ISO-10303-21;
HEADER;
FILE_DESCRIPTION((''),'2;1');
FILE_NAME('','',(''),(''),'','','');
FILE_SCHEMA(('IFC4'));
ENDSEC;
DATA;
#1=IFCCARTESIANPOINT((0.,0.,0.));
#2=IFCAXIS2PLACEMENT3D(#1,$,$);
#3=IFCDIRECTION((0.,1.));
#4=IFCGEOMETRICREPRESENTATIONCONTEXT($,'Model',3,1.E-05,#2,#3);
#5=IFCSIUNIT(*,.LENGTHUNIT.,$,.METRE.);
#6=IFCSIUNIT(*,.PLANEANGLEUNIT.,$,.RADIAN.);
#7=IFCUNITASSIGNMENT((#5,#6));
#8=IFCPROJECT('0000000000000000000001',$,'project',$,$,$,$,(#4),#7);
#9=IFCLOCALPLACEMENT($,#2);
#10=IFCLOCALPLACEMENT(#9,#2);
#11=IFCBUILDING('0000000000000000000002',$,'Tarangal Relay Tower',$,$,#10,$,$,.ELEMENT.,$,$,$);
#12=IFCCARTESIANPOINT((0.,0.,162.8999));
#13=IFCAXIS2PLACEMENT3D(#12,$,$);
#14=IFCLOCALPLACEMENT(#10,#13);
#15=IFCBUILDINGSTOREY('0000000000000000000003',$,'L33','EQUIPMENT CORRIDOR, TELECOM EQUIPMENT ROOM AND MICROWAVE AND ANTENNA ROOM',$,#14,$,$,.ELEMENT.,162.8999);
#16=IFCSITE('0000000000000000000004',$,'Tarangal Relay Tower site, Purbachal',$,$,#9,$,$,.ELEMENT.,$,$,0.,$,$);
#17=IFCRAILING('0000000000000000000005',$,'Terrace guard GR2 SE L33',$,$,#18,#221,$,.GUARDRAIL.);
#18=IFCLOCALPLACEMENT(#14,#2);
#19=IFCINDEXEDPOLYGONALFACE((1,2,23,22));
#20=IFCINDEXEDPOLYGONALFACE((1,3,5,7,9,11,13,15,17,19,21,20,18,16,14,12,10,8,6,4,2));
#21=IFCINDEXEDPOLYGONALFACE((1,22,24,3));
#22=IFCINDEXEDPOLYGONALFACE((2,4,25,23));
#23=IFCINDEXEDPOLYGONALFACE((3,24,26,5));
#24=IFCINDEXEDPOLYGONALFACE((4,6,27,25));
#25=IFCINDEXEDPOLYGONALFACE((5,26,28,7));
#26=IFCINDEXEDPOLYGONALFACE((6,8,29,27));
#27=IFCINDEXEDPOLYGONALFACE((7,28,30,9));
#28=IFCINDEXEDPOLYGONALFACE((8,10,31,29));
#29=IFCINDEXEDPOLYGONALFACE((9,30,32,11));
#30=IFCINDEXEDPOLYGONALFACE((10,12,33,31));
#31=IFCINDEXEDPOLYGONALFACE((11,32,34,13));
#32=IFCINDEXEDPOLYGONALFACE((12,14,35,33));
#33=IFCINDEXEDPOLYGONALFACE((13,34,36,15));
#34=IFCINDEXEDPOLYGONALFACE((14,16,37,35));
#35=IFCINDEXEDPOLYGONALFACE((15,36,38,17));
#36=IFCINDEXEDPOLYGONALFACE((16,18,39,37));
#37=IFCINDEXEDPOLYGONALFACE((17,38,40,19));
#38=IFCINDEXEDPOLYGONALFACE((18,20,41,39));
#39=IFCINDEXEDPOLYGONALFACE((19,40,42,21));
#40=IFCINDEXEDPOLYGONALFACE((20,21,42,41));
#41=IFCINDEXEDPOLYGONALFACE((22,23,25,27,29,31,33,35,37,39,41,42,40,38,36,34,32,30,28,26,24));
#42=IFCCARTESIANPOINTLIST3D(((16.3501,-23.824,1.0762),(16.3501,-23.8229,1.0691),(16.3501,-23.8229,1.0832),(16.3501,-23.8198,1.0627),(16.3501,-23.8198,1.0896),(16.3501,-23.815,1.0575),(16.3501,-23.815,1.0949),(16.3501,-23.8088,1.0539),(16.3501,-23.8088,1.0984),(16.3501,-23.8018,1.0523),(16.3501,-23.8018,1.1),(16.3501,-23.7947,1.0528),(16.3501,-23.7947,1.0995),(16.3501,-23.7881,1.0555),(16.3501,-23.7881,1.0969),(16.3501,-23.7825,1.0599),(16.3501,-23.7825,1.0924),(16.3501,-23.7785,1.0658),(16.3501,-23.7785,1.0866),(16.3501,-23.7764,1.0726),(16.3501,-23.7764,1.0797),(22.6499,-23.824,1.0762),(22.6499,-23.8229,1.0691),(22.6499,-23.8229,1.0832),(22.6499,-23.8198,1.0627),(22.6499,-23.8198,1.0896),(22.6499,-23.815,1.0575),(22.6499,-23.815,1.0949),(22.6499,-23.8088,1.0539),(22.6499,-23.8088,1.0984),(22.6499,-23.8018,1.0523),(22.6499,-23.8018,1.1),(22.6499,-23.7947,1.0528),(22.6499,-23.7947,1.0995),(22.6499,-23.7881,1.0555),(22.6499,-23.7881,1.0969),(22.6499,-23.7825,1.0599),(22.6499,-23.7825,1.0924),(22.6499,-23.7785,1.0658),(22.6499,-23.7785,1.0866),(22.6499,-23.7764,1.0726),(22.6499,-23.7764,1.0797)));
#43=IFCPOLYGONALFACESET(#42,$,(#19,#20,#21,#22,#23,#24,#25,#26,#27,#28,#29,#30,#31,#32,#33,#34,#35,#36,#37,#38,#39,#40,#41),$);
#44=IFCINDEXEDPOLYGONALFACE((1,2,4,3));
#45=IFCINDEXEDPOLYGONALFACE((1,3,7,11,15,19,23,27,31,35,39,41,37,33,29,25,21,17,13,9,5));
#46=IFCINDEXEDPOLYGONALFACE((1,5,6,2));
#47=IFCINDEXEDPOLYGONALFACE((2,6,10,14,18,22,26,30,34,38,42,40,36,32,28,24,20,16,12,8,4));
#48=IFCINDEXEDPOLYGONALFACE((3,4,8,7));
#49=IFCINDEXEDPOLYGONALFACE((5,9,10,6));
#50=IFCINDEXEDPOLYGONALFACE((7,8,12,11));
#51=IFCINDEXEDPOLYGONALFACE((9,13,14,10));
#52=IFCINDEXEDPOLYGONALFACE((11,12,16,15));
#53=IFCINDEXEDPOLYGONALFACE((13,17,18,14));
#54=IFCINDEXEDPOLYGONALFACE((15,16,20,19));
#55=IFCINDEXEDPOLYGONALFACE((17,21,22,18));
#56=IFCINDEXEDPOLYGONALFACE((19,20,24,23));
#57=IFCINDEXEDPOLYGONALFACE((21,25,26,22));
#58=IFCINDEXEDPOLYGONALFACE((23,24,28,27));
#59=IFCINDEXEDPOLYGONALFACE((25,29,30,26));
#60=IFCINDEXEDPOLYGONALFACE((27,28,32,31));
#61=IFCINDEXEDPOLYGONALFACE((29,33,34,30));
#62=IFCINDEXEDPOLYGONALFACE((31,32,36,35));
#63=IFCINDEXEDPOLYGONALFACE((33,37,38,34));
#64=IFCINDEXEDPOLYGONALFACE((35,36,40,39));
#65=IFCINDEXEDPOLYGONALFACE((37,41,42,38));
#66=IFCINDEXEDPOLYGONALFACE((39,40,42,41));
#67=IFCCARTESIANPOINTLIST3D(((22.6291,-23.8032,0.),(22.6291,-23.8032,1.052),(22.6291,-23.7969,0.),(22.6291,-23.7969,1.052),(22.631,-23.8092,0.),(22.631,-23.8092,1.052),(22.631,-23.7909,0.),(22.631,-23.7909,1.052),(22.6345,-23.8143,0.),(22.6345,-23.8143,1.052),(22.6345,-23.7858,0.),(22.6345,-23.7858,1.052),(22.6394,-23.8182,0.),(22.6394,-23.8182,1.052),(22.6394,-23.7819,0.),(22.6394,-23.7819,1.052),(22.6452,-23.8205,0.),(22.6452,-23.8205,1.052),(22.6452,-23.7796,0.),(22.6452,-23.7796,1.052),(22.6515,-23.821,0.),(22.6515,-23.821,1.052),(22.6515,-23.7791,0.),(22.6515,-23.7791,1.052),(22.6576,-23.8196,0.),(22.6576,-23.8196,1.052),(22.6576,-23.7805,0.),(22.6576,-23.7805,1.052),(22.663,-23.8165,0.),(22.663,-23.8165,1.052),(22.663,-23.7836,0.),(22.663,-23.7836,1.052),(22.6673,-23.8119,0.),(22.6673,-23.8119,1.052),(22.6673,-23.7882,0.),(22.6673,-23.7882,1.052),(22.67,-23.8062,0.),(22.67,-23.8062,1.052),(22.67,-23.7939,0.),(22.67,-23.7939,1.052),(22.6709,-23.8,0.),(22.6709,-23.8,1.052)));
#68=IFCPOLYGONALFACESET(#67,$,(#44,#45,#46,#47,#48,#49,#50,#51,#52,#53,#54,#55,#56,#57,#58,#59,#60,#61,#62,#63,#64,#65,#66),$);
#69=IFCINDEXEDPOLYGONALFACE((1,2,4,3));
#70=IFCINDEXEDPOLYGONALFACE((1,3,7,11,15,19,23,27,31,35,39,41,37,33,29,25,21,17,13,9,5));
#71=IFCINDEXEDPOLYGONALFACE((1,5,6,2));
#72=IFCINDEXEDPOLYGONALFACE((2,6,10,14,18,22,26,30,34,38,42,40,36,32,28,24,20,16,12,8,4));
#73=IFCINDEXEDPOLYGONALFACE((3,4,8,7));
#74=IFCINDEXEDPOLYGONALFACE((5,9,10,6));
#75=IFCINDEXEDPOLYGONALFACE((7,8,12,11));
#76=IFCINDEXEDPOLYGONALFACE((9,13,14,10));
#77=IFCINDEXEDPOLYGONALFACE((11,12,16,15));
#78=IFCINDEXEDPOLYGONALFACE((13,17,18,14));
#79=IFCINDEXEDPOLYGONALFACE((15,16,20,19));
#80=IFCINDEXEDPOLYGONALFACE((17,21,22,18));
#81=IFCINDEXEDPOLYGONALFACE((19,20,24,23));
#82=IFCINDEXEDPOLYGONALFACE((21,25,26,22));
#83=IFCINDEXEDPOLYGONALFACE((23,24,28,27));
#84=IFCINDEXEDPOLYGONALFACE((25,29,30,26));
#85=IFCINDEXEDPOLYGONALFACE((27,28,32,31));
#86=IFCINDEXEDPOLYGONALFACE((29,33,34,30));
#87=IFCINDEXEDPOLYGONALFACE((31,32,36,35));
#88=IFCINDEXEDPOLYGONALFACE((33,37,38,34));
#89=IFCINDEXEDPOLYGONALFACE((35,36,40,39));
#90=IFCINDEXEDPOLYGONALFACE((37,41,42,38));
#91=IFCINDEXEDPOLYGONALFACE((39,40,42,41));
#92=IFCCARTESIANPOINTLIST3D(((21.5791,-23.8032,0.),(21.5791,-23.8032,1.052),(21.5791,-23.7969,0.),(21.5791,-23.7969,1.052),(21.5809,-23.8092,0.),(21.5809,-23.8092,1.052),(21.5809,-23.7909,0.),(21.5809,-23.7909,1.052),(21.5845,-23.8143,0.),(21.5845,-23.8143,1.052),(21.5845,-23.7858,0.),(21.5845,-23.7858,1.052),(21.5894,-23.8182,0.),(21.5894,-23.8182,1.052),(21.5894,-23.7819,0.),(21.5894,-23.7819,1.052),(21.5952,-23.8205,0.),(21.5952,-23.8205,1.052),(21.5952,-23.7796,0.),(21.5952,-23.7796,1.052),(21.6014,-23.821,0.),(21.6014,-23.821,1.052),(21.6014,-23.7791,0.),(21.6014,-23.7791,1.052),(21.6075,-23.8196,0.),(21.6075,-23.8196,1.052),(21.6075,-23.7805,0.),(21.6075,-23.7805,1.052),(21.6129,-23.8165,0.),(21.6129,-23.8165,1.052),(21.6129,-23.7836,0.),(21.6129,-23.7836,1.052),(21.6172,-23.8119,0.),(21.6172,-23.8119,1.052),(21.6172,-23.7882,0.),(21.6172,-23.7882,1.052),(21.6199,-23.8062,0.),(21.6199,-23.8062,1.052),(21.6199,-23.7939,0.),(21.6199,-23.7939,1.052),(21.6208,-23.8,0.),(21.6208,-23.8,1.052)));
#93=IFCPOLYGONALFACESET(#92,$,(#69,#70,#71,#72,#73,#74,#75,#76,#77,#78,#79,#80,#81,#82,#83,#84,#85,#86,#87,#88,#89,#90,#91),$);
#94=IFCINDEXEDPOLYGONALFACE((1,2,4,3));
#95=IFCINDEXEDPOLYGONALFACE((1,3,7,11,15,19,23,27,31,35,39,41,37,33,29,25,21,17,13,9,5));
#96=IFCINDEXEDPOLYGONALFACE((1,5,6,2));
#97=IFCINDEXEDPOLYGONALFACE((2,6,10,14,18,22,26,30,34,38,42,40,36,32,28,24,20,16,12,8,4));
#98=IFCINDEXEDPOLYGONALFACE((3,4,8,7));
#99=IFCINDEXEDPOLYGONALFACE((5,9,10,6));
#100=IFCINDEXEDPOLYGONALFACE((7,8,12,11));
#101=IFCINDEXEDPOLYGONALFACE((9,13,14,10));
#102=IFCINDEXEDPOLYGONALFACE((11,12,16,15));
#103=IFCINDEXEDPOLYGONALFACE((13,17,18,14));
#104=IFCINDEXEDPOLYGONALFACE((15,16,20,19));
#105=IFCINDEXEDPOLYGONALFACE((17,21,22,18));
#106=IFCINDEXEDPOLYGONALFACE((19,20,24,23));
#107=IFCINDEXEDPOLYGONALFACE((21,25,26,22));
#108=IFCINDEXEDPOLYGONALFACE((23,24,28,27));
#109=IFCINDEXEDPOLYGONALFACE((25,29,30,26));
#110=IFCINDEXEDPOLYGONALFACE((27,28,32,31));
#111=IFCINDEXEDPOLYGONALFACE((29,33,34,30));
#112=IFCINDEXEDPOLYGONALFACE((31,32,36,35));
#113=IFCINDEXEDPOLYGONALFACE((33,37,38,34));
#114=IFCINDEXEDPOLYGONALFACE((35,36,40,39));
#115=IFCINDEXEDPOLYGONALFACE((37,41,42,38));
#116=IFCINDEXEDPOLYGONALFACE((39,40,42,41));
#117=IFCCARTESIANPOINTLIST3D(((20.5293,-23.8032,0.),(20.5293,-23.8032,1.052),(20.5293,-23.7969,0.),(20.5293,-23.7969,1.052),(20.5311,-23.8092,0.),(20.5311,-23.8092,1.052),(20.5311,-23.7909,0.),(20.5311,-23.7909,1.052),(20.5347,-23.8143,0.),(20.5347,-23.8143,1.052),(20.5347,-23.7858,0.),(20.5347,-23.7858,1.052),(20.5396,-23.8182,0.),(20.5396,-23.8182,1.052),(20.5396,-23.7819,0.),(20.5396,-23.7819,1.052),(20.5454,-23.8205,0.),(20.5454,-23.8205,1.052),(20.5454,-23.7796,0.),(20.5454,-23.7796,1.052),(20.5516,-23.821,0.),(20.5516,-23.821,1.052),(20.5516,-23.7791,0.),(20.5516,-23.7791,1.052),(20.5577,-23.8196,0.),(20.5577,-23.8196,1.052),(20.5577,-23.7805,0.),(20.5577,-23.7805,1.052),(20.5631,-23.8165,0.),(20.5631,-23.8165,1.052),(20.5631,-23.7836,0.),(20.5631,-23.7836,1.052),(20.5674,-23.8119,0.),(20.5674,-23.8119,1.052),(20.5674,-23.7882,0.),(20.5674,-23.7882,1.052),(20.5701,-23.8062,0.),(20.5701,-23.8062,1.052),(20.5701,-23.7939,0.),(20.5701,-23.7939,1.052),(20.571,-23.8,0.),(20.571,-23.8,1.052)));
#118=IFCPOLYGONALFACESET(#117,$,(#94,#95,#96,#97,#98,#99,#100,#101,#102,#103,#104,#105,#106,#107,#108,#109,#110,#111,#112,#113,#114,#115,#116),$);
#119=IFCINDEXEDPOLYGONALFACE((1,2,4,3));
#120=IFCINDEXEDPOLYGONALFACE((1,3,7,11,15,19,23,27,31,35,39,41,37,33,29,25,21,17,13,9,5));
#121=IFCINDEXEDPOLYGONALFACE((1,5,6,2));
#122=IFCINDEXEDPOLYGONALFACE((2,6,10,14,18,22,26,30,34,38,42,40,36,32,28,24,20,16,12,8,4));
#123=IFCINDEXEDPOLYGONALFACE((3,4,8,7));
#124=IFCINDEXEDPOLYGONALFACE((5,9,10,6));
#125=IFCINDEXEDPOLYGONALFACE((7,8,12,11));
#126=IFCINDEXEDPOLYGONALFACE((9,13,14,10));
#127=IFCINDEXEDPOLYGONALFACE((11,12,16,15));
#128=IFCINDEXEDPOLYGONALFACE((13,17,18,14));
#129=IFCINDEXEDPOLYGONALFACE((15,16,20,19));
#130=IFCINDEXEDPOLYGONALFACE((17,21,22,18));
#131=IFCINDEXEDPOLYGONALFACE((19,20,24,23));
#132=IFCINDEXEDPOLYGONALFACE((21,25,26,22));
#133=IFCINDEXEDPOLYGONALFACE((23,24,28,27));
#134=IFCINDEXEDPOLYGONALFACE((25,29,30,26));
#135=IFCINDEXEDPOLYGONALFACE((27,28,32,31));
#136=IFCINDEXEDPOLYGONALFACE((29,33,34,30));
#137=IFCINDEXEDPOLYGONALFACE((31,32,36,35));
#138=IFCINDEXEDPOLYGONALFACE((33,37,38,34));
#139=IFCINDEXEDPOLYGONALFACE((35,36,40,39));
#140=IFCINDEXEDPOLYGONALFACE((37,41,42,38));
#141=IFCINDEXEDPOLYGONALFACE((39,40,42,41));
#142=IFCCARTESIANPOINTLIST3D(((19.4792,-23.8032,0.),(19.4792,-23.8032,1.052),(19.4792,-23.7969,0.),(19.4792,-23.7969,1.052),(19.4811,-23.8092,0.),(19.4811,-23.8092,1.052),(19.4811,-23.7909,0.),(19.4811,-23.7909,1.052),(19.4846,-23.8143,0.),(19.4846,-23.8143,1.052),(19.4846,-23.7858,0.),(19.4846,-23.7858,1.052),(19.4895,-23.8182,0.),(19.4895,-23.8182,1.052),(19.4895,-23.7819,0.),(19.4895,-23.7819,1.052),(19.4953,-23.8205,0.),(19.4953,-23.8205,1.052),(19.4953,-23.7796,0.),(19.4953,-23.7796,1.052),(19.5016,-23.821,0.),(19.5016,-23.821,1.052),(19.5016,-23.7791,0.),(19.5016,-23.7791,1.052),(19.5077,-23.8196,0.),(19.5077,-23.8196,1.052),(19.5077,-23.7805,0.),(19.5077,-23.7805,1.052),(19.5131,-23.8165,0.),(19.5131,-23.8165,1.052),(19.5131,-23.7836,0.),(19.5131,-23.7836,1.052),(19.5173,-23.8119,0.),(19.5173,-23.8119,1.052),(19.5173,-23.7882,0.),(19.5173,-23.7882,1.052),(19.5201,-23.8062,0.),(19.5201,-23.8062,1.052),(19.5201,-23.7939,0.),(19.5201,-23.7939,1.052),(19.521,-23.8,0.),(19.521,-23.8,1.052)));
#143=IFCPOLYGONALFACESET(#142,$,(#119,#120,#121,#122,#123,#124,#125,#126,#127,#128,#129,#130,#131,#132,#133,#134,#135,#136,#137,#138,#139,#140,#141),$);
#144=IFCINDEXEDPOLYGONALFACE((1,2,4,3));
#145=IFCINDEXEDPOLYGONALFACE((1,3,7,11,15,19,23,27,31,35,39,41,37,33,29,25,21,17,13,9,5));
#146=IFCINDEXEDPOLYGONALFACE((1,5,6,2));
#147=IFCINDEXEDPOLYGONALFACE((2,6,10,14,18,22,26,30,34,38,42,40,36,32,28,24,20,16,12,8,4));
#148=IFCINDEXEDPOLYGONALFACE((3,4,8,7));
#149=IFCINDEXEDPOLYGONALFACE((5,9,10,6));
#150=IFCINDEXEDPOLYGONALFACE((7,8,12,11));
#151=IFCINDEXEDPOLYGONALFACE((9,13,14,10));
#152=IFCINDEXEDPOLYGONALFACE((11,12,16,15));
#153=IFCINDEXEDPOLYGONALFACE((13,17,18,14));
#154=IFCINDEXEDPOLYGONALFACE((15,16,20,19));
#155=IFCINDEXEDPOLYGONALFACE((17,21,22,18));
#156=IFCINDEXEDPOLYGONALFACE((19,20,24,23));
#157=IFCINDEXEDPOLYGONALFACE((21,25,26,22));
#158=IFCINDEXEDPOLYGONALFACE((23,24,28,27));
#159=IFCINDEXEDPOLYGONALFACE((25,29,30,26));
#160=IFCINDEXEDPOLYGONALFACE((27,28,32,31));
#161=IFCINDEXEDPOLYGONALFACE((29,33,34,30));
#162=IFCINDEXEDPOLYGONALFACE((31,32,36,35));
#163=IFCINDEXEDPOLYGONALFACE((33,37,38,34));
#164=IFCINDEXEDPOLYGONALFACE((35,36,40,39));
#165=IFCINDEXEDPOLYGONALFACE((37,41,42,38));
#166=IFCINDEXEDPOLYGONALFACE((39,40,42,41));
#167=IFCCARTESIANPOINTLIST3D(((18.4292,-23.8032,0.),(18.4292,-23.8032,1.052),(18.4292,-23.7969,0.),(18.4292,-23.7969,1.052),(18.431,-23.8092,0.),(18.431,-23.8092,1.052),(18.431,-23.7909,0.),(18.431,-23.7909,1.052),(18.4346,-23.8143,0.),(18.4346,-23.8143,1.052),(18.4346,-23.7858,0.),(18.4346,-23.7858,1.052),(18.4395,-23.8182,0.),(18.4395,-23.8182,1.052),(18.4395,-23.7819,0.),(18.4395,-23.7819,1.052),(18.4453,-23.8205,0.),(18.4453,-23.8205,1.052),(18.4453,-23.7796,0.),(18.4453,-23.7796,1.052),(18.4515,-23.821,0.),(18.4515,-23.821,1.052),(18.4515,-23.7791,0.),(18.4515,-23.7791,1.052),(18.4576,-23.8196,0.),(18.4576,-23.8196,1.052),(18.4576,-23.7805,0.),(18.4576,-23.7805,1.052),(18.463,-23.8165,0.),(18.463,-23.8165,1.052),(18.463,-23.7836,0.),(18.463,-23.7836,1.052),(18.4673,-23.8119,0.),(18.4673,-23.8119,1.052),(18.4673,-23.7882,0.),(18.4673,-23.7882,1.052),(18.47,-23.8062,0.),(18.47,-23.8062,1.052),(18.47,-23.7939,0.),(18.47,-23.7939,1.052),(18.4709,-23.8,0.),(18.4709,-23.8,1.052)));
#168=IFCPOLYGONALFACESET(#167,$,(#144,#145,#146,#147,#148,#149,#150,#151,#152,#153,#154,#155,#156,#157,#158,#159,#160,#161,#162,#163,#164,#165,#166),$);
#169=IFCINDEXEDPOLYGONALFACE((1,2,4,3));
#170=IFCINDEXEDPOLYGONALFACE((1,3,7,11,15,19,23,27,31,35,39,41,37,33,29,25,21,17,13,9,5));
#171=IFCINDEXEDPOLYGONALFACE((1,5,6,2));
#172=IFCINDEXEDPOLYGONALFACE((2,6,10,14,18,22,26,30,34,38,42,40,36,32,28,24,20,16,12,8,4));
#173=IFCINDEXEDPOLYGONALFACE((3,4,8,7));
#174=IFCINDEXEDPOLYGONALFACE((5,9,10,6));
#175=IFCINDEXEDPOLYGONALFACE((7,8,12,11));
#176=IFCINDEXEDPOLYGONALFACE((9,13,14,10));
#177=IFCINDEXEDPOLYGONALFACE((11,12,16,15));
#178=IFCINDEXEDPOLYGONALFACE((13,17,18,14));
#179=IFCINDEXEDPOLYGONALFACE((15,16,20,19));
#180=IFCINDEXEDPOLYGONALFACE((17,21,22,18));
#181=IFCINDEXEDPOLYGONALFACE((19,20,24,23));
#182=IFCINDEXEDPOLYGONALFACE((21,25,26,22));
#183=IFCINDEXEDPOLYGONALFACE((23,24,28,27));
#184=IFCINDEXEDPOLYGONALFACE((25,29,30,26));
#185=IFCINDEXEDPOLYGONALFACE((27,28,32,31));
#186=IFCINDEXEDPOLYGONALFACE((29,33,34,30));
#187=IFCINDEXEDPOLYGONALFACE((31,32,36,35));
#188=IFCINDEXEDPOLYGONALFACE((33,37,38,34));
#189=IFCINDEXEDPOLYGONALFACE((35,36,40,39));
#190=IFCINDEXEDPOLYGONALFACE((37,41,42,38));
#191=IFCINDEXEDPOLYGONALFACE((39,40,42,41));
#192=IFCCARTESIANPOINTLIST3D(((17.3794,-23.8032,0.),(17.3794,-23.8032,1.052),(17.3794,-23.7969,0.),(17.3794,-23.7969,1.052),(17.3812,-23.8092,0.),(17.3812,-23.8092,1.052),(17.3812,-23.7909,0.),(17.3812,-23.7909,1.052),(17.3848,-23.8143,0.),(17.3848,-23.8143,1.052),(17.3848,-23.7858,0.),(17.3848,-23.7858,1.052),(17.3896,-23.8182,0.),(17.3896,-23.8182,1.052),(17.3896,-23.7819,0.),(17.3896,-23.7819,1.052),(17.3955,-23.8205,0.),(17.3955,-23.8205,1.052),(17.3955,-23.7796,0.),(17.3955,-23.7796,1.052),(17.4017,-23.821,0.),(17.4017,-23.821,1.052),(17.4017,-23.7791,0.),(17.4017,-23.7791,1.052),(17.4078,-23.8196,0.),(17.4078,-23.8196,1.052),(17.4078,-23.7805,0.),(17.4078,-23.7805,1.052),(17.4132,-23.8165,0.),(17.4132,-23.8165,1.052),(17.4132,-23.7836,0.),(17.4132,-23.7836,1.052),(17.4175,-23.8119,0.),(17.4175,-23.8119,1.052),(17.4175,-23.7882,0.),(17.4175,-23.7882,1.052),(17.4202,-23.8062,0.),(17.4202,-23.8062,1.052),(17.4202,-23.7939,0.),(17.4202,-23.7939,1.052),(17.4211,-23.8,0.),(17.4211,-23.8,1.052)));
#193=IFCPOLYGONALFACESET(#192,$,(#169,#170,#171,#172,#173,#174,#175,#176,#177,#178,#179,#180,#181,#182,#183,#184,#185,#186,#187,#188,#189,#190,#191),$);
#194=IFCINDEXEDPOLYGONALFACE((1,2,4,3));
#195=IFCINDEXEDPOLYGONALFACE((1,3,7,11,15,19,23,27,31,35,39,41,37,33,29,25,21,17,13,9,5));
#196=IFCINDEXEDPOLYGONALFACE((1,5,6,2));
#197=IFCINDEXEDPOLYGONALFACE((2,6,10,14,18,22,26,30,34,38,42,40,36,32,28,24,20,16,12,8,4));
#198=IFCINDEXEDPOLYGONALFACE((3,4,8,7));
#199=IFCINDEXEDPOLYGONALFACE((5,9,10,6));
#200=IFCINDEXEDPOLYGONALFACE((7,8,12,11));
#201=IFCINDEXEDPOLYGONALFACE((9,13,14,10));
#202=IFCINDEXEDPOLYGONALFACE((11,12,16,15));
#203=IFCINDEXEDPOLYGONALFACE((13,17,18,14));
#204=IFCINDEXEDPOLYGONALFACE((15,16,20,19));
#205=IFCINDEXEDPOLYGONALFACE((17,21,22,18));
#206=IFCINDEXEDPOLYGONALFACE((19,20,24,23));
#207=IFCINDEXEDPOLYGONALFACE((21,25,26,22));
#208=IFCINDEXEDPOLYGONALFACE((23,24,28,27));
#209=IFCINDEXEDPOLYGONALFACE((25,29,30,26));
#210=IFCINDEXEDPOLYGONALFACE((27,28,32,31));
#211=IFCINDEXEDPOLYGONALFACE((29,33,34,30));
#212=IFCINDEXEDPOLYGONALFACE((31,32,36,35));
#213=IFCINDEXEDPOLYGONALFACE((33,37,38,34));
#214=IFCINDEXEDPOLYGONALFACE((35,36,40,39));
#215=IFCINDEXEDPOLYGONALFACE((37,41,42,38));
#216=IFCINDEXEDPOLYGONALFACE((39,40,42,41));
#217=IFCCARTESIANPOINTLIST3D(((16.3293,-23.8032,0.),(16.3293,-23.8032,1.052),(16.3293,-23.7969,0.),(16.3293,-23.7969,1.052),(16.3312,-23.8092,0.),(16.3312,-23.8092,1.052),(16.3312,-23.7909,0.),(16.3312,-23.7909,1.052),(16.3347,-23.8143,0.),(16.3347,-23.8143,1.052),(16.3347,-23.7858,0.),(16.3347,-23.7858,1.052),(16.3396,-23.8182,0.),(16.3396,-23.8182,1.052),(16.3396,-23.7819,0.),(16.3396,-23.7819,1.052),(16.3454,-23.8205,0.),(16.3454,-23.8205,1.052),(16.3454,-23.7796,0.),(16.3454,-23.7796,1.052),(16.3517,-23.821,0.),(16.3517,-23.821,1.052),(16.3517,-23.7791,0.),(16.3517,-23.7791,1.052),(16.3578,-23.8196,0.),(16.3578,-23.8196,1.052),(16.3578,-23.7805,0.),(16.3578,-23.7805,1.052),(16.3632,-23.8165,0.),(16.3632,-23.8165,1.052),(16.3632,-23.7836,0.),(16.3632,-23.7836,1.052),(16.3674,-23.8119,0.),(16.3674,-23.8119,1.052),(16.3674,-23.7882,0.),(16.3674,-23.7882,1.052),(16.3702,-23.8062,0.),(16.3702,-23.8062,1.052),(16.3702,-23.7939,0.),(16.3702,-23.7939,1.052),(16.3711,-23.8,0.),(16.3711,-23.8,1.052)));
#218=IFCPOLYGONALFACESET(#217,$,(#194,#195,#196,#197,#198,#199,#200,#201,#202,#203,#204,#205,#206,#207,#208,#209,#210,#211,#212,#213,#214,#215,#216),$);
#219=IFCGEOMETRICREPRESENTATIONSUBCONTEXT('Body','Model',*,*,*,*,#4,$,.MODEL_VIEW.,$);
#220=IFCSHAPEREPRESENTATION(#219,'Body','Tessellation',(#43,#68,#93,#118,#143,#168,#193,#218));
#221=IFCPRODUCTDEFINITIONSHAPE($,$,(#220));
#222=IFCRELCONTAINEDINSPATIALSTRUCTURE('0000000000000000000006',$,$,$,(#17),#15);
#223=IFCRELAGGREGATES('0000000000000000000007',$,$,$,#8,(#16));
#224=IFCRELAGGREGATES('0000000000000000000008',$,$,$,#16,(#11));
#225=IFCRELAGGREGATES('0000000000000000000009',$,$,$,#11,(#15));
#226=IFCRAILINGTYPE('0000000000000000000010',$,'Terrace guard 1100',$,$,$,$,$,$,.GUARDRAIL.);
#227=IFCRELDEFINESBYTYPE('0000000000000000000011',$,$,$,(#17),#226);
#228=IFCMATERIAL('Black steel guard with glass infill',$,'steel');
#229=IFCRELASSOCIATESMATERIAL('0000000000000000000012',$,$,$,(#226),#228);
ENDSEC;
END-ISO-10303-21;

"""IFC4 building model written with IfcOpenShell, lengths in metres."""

from ifc_helpers import new_model, si_unit, direction, frame, origin, origin_2d, place, context, subcontext, project, spatial, circle, extrude, material, type_object, element, save


model = new_model("IFC4")

# Units and contexts
model_context = context("Model", 3, precision=1e-05, world=origin(), true_north=direction((0.0, 1.0)))
body_context = subcontext(model_context, "Body", "Model", "MODEL_VIEW")
ifc_project = project(units=[si_unit("LENGTHUNIT", "METRE"), si_unit("PLANEANGLEUNIT", "RADIAN")], contexts=[model_context])

# Site, building, storey
site_placement = place(None, origin())
site = spatial("IfcSite", under=ifc_project, at=site_placement, Name="Tarangal Relay Tower site, Purbachal", CompositionType="ELEMENT", RefElevation=0.0)
building_placement = place(site_placement, origin())
building = spatial("IfcBuilding", under=site, at=building_placement, Name="Tarangal Relay Tower", CompositionType="ELEMENT")
storey_placement = place(building_placement, frame((0.0, 0.0, 162.8999)))
storey = spatial("IfcBuildingStorey", under=building, at=storey_placement, Name="L33", Description="EQUIPMENT CORRIDOR, TELECOM EQUIPMENT ROOM AND MICROWAVE AND ANTENNA ROOM", CompositionType="ELEMENT", Elevation=162.8999)

# Railing
ifc_material_1 = material(Name="Black steel guard with glass infill", Category="steel")
railing_type = type_object("IfcRailingType", Name="Terrace guard 1100", PredefinedType="GUARDRAIL", material=ifc_material_1)
railing_1_placement = place(storey_placement, frame((22.6499, -23.8, 0.0)))
element("IfcRailing", 1, at=railing_1_placement, inside=storey, type_object=railing_type, Name="Terrace guard GR2 SE L33", PredefinedType="GUARDRAIL", context=body_context, shape_type="SweptSolid", body=[
    extrude(circle(Radius=0.0239, at=origin_2d()), frame((0.0, 0.0, 1.0762), z_axis=(-1.0, 0.0, 0.0), x_axis=(0.0, -1.0, 0.0)), (0.0, 0.0, 1.0), 6.2998),
    extrude(circle(Radius=0.021, at=origin_2d()), origin(), (0.0, 0.0, 1.0), 1.052),
    extrude(circle(Radius=0.021, at=origin_2d()), frame((-1.05, 0.0, 0.0)), (0.0, 0.0, 1.0), 1.052),
    extrude(circle(Radius=0.021, at=origin_2d()), frame((-2.0999, 0.0, 0.0)), (0.0, 0.0, 1.0), 1.052),
    extrude(circle(Radius=0.021, at=origin_2d()), frame((-3.1499, 0.0, 0.0)), (0.0, 0.0, 1.0), 1.052),
    extrude(circle(Radius=0.021, at=origin_2d()), frame((-4.2, 0.0, 0.0)), (0.0, 0.0, 1.0), 1.052),
    extrude(circle(Radius=0.021, at=origin_2d()), frame((-5.2498, 0.0, 0.0)), (0.0, 0.0, 1.0), 1.052),
    extrude(circle(Radius=0.021, at=origin_2d()), frame((-6.2998, 0.0, 0.0)), (0.0, 0.0, 1.0), 1.052),
])

save(model, "model.ifc")
